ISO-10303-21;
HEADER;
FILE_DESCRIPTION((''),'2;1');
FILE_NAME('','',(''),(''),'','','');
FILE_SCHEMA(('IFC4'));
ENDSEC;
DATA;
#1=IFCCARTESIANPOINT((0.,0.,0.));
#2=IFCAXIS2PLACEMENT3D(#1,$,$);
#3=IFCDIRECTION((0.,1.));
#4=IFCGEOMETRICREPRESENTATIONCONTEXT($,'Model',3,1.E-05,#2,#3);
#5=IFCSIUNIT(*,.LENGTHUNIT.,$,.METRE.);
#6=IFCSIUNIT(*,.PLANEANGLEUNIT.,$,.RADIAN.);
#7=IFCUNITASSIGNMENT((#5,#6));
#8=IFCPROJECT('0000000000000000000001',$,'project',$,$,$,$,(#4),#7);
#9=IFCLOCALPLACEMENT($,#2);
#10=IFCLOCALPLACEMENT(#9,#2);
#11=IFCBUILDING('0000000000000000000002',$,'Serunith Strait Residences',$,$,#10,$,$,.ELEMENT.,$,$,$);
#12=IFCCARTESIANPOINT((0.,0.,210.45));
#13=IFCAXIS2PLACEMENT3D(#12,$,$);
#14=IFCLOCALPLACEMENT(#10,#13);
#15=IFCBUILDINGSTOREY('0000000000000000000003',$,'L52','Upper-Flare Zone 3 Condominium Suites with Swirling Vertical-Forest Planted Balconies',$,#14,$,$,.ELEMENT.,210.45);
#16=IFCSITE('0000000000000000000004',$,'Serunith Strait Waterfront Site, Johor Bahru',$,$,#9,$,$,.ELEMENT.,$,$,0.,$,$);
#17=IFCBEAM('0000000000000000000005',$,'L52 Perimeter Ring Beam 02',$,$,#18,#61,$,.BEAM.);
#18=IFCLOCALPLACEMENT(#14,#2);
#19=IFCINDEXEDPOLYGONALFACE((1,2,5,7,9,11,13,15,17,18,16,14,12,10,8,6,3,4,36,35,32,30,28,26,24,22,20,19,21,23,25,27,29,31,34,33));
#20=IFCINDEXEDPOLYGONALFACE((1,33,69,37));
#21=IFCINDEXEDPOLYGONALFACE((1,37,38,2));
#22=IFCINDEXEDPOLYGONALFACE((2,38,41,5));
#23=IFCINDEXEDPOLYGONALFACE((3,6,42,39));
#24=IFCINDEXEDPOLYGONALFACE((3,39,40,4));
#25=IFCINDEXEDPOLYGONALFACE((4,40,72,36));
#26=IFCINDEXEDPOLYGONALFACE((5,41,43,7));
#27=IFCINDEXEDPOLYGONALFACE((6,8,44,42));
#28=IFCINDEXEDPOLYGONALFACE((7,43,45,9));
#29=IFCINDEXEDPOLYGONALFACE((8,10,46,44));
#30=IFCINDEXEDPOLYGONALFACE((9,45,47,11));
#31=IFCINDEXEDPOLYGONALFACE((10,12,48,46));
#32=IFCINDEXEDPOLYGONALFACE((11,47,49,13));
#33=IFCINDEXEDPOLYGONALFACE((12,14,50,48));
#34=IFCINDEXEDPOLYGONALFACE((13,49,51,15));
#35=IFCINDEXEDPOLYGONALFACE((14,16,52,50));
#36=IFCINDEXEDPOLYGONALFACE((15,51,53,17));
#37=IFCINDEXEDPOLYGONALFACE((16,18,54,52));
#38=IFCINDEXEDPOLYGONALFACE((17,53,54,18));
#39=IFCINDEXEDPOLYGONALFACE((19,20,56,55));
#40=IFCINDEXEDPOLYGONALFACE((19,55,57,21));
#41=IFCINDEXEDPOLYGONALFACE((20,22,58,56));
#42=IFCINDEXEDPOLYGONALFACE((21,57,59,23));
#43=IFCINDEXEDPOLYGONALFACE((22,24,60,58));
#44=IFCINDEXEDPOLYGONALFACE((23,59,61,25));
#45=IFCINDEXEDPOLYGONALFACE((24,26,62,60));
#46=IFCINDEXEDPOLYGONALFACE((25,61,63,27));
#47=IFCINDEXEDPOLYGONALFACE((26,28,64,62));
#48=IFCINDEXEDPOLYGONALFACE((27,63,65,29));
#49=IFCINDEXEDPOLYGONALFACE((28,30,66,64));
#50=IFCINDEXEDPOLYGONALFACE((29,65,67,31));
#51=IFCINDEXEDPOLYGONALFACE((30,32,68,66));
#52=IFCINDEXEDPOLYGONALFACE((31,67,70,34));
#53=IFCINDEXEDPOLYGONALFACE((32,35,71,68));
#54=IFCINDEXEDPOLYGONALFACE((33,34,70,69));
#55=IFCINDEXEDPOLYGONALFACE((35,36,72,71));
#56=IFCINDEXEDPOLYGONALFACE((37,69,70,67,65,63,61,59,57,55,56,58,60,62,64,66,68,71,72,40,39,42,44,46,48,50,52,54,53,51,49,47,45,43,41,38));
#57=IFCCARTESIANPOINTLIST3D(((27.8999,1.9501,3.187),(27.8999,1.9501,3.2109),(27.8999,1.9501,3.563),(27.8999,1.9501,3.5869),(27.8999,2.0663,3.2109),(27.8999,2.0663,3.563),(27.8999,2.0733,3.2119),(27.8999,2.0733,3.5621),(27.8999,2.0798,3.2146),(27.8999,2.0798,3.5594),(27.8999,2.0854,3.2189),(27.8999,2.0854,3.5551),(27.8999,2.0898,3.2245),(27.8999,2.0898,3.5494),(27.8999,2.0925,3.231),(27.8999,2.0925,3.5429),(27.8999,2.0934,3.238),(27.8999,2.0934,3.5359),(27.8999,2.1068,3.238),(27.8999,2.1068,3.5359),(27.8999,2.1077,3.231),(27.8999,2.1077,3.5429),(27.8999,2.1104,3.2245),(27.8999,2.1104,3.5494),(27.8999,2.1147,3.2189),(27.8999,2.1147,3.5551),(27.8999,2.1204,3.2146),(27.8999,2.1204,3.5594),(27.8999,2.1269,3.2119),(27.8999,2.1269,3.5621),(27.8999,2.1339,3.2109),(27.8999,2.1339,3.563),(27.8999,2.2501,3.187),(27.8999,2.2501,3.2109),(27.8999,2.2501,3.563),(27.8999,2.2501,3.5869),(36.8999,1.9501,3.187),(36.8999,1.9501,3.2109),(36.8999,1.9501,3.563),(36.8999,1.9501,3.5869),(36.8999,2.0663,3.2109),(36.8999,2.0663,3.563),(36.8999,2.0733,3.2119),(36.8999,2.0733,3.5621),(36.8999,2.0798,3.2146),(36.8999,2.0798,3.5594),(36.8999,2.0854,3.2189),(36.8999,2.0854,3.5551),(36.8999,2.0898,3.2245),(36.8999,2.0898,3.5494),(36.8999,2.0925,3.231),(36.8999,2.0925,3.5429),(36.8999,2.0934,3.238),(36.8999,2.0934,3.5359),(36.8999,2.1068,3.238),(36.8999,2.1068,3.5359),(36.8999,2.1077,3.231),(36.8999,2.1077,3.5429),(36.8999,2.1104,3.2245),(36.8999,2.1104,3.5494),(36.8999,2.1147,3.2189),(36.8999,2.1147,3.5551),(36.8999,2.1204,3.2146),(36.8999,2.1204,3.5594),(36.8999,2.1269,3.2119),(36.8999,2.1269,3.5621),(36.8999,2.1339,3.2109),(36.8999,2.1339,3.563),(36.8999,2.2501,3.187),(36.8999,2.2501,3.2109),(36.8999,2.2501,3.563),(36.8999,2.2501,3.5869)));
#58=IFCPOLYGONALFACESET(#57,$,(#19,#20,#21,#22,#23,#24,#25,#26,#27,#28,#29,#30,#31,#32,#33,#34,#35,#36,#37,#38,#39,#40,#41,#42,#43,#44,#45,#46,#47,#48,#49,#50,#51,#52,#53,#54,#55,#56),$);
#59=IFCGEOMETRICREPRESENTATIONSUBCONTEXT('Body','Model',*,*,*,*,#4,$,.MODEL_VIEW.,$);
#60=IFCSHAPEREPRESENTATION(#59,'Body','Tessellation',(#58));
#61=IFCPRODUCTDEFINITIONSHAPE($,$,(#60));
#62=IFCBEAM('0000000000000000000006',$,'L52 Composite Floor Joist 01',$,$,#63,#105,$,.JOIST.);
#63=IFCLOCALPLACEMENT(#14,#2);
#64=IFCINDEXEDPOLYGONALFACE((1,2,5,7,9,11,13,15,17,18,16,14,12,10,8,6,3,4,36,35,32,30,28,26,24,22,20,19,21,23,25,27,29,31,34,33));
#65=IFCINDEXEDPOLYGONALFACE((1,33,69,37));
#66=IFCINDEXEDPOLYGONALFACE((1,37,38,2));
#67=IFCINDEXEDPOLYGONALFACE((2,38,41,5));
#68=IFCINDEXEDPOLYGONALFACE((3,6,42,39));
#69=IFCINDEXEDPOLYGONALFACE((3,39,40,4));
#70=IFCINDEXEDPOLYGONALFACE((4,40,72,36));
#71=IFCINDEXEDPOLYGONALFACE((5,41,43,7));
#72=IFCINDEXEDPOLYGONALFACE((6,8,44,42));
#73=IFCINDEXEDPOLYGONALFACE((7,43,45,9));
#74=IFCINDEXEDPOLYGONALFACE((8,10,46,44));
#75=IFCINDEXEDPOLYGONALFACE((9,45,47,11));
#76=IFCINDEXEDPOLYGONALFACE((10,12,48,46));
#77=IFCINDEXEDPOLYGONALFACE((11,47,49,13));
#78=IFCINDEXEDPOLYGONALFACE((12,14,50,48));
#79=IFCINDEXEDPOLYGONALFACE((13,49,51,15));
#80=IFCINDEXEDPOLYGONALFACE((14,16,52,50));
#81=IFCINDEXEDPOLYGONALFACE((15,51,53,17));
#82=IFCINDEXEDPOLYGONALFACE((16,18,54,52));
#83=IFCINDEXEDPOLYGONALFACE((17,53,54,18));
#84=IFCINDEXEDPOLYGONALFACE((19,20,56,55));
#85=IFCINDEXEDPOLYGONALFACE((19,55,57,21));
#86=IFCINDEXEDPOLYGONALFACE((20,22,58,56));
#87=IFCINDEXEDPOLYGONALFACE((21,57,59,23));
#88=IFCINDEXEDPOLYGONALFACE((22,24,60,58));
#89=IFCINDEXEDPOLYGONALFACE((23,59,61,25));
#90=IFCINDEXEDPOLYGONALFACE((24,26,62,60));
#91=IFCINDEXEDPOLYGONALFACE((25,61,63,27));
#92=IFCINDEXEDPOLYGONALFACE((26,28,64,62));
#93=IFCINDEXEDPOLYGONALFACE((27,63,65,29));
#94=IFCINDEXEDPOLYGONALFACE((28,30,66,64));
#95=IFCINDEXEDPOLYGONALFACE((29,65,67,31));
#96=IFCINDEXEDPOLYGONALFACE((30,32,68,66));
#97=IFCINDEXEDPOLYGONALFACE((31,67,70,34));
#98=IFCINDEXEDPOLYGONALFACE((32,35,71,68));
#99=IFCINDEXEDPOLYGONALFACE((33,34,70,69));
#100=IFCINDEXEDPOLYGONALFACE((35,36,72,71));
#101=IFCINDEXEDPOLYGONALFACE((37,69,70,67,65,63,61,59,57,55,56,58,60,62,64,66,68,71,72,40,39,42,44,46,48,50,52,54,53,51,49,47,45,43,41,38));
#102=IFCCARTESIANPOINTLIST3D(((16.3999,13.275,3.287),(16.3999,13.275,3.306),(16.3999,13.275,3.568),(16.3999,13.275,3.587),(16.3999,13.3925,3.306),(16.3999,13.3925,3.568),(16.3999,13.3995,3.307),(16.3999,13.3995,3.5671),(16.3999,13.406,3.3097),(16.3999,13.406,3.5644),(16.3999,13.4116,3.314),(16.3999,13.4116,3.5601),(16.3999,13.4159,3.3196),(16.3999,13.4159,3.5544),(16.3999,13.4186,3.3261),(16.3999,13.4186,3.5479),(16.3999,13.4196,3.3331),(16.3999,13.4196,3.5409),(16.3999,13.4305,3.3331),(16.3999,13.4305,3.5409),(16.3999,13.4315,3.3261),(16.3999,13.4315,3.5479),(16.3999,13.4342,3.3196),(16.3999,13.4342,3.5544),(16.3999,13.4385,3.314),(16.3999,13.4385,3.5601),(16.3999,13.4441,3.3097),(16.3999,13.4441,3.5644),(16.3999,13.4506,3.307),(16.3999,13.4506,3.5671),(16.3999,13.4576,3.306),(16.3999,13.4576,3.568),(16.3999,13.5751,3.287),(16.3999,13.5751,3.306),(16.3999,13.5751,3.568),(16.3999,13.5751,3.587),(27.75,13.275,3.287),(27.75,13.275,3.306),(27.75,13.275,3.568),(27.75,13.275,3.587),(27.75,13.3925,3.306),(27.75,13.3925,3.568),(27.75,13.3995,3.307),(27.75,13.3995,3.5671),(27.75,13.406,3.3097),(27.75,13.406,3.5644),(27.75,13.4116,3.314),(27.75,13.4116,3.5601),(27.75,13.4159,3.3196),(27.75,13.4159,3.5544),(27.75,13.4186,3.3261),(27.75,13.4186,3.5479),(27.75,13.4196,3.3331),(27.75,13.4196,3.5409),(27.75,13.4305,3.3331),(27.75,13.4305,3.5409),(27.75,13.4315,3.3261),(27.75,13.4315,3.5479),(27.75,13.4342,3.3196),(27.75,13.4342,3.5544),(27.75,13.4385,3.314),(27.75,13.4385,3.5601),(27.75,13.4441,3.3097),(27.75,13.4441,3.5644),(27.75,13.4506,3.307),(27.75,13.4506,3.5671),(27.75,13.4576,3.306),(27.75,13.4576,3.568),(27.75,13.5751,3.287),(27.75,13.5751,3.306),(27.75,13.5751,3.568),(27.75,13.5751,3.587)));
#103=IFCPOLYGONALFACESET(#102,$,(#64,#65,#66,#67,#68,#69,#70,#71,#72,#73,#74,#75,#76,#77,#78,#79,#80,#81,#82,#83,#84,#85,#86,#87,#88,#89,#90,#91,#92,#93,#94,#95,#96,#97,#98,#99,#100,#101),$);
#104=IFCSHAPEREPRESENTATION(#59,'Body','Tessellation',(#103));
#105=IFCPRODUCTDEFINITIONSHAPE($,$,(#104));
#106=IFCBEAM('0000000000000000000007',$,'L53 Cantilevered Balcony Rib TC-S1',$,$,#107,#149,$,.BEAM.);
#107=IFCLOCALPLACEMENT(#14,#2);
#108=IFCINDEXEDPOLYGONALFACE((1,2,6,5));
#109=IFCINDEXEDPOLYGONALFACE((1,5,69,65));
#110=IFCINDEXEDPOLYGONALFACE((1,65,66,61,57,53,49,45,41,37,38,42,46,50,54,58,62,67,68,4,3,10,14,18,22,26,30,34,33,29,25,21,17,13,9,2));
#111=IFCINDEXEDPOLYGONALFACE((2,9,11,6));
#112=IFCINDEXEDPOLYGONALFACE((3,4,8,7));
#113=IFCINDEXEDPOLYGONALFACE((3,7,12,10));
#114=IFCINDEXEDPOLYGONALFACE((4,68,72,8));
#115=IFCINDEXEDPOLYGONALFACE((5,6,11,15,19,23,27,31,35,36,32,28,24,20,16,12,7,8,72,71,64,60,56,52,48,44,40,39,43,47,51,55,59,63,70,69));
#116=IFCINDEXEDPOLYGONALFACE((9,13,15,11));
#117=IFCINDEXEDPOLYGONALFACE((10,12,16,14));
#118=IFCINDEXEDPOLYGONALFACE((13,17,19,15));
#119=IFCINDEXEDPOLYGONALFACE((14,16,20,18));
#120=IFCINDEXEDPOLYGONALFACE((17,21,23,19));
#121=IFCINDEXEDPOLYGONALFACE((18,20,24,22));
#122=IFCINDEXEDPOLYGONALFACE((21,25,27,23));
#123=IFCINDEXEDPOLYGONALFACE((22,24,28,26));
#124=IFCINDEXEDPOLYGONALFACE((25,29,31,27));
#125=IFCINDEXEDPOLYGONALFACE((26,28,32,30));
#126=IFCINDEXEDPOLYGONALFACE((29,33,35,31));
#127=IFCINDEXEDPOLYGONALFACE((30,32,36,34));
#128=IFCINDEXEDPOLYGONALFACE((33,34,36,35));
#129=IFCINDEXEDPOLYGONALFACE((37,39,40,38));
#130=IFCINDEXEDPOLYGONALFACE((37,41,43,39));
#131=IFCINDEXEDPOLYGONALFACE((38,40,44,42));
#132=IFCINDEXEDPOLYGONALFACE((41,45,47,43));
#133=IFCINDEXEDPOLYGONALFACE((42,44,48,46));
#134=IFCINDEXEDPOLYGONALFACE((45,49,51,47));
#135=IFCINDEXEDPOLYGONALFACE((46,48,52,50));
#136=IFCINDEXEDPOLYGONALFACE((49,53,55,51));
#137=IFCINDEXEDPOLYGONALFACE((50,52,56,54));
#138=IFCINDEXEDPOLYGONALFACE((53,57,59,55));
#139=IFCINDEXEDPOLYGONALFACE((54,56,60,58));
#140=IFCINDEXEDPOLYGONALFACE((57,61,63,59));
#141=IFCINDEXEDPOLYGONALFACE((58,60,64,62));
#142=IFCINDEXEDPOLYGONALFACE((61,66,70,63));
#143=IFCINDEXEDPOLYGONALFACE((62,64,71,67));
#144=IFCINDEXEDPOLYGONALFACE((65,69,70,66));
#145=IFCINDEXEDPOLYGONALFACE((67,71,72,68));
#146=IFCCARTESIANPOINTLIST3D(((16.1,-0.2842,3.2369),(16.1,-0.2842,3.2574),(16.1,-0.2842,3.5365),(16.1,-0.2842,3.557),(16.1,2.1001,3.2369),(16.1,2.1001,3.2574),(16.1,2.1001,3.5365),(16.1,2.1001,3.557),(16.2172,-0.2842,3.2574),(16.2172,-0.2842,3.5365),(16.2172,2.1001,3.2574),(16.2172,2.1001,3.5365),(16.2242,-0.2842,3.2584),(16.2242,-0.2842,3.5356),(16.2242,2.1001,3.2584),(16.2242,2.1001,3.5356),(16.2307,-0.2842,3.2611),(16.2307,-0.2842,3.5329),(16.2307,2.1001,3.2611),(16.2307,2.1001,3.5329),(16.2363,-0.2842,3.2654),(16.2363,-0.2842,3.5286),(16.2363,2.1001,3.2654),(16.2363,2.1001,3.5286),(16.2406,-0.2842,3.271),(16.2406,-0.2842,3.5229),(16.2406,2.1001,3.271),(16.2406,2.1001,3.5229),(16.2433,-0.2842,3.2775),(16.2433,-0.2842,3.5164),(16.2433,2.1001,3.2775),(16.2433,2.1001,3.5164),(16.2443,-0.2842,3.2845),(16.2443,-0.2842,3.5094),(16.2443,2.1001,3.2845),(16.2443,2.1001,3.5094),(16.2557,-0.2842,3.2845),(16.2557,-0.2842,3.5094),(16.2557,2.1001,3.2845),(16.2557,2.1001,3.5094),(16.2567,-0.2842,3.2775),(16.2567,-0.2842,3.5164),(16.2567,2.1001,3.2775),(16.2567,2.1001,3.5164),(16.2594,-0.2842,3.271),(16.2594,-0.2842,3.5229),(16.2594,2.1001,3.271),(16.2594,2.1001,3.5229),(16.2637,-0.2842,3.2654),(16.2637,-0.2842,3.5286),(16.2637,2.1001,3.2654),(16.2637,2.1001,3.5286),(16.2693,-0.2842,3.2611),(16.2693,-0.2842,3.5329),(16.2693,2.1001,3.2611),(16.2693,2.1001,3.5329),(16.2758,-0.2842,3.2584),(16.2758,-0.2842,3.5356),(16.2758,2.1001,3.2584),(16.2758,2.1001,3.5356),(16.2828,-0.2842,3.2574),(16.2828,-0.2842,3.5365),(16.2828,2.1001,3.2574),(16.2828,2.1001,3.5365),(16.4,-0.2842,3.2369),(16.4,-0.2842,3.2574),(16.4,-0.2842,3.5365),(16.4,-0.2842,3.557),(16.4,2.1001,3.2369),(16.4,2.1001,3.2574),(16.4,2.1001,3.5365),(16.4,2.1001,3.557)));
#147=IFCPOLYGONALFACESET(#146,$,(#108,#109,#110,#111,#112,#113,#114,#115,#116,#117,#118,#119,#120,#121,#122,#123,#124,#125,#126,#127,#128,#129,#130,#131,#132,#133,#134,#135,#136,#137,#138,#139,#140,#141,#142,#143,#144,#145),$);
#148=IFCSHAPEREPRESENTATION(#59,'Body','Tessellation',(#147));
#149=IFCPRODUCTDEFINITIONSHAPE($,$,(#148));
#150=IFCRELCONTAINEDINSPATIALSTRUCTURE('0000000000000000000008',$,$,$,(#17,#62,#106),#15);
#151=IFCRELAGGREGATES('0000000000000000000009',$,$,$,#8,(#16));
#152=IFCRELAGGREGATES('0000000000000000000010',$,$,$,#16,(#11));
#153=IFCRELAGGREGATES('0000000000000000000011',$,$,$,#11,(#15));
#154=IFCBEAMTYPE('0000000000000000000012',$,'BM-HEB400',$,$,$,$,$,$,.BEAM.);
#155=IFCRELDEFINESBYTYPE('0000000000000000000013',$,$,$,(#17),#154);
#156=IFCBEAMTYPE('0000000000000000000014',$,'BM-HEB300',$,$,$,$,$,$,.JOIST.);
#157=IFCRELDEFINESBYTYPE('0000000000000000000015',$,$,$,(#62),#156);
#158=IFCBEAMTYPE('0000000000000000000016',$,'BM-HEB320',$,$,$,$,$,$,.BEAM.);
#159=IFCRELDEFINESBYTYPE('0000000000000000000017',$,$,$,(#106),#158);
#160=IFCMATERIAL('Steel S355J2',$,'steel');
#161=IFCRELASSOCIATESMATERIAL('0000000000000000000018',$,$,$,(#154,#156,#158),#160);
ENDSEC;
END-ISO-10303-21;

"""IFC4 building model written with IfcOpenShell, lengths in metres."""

from ifc_helpers import new_model, si_unit, direction, frame, origin, origin_2d, place, context, subcontext, project, spatial, i_section, extrude, source, transform, mapped, material, material_profile, profile_set, type_object, element, save


model = new_model("IFC4")

# Units and contexts
model_context = context("Model", 3, precision=1e-05, world=origin(), true_north=direction((0.0, 1.0)))
body_context = subcontext(model_context, "Body", "Model", "MODEL_VIEW")
ifc_project = project(units=[si_unit("LENGTHUNIT", "METRE"), si_unit("PLANEANGLEUNIT", "RADIAN")], contexts=[model_context])

# Site, building, storey
site_placement = place(None, origin())
site = spatial("IfcSite", under=ifc_project, at=site_placement, Name="Serunith Strait Waterfront Site, Johor Bahru", CompositionType="ELEMENT", RefElevation=0.0)
building_placement = place(site_placement, origin())
building = spatial("IfcBuilding", under=site, at=building_placement, Name="Serunith Strait Residences", CompositionType="ELEMENT")
storey_placement = place(building_placement, frame((0.0, 0.0, 210.45)))
storey = spatial("IfcBuildingStorey", under=building, at=storey_placement, Name="L52", Description="Upper-Flare Zone 3 Condominium Suites with Swirling Vertical-Forest Planted Balconies", CompositionType="ELEMENT", Elevation=210.45)

# Beams
ifc_material_1 = material(Name="Steel S355J2", Category="steel")
ifc_material_profile_1 = material_profile(ifc_material_1, i_section(OverallWidth=0.3, OverallDepth=0.3999, WebThickness=0.0134, FlangeThickness=0.0239, FilletRadius=0.0271, at=origin_2d()), Name="HEB 400")
ifc_profile_set_1 = profile_set([ifc_material_profile_1], Name="Steel S355J2")
beam_type_1 = type_object("IfcBeamType", Name="BM-HEB400", PredefinedType="BEAM", material=ifc_profile_set_1)
shared_shape_1 = source(origin(), body_context, "Body", "SweptSolid", [
    extrude(i_section(OverallWidth=0.3, OverallDepth=0.3999, WebThickness=0.0134, FlangeThickness=0.0239, FilletRadius=0.0271, at=origin_2d()), origin(), (0.0, 0.0, 1.0), 9.0),
])
beam_1_placement = place(storey_placement, frame((27.8999, 2.1001, 3.387), z_axis=(1.0, 0.0, 0.0), x_axis=(0.0, 1.0, 0.0)))
element("IfcBeam", 1, at=beam_1_placement, inside=storey, type_object=beam_type_1, Name="L52 Perimeter Ring Beam 02", PredefinedType="BEAM", context=body_context, shape_type="MappedRepresentation", body=[
    mapped(shared_shape_1, transform((0.0, 0.0, 0.0), scale=1.0)),
])
ifc_material_profile_2 = material_profile(ifc_material_1, i_section(OverallWidth=0.3, OverallDepth=0.3, WebThickness=0.011, FlangeThickness=0.019, FilletRadius=0.0271, at=origin_2d()), Name="HEB 300")
ifc_profile_set_2 = profile_set([ifc_material_profile_2], Name="Steel S355J2")
beam_type_2 = type_object("IfcBeamType", Name="BM-HEB300", PredefinedType="JOIST", material=ifc_profile_set_2)
shared_shape_2 = source(origin(), body_context, "Body", "SweptSolid", [
    extrude(i_section(OverallWidth=0.3, OverallDepth=0.3, WebThickness=0.011, FlangeThickness=0.019, FilletRadius=0.0271, at=origin_2d()), origin(), (0.0, 0.0, 1.0), 11.3501),
])
beam_2_placement = place(storey_placement, frame((16.3999, 13.425, 3.437), z_axis=(1.0, 0.0, 0.0), x_axis=(0.0, 1.0, 0.0)))
element("IfcBeam", 2, at=beam_2_placement, inside=storey, type_object=beam_type_2, Name="L52 Composite Floor Joist 01", PredefinedType="JOIST", context=body_context, shape_type="MappedRepresentation", body=[
    mapped(shared_shape_2, transform((0.0, 0.0, 0.0), scale=1.0)),
])
ifc_material_profile_3 = material_profile(ifc_material_1, i_section(OverallWidth=0.3, OverallDepth=0.3201, WebThickness=0.0115, FlangeThickness=0.0205, FilletRadius=0.0271, at=origin_2d()), Name="HEB 320")
ifc_profile_set_3 = profile_set([ifc_material_profile_3], Name="Steel S355J2")
beam_type_3 = type_object("IfcBeamType", Name="BM-HEB320", PredefinedType="BEAM", material=ifc_profile_set_3)
shared_shape_3 = source(origin(), body_context, "Body", "SweptSolid", [
    extrude(i_section(OverallWidth=0.3, OverallDepth=0.3201, WebThickness=0.0115, FlangeThickness=0.0205, FilletRadius=0.0271, at=origin_2d()), origin(), (0.0, 0.0, 1.0), 2.3843),
])
beam_3_placement = place(storey_placement, frame((16.25, 2.1001, 3.397), z_axis=(0.0, -1.0, 0.0), x_axis=(1.0, 0.0, 0.0)))
element("IfcBeam", 3, at=beam_3_placement, inside=storey, type_object=beam_type_3, Name="L53 Cantilevered Balcony Rib TC-S1", PredefinedType="BEAM", context=body_context, shape_type="MappedRepresentation", body=[
    mapped(shared_shape_3, transform((0.0, 0.0, 0.0), scale=1.0)),
])

save(model, "model.ifc")
